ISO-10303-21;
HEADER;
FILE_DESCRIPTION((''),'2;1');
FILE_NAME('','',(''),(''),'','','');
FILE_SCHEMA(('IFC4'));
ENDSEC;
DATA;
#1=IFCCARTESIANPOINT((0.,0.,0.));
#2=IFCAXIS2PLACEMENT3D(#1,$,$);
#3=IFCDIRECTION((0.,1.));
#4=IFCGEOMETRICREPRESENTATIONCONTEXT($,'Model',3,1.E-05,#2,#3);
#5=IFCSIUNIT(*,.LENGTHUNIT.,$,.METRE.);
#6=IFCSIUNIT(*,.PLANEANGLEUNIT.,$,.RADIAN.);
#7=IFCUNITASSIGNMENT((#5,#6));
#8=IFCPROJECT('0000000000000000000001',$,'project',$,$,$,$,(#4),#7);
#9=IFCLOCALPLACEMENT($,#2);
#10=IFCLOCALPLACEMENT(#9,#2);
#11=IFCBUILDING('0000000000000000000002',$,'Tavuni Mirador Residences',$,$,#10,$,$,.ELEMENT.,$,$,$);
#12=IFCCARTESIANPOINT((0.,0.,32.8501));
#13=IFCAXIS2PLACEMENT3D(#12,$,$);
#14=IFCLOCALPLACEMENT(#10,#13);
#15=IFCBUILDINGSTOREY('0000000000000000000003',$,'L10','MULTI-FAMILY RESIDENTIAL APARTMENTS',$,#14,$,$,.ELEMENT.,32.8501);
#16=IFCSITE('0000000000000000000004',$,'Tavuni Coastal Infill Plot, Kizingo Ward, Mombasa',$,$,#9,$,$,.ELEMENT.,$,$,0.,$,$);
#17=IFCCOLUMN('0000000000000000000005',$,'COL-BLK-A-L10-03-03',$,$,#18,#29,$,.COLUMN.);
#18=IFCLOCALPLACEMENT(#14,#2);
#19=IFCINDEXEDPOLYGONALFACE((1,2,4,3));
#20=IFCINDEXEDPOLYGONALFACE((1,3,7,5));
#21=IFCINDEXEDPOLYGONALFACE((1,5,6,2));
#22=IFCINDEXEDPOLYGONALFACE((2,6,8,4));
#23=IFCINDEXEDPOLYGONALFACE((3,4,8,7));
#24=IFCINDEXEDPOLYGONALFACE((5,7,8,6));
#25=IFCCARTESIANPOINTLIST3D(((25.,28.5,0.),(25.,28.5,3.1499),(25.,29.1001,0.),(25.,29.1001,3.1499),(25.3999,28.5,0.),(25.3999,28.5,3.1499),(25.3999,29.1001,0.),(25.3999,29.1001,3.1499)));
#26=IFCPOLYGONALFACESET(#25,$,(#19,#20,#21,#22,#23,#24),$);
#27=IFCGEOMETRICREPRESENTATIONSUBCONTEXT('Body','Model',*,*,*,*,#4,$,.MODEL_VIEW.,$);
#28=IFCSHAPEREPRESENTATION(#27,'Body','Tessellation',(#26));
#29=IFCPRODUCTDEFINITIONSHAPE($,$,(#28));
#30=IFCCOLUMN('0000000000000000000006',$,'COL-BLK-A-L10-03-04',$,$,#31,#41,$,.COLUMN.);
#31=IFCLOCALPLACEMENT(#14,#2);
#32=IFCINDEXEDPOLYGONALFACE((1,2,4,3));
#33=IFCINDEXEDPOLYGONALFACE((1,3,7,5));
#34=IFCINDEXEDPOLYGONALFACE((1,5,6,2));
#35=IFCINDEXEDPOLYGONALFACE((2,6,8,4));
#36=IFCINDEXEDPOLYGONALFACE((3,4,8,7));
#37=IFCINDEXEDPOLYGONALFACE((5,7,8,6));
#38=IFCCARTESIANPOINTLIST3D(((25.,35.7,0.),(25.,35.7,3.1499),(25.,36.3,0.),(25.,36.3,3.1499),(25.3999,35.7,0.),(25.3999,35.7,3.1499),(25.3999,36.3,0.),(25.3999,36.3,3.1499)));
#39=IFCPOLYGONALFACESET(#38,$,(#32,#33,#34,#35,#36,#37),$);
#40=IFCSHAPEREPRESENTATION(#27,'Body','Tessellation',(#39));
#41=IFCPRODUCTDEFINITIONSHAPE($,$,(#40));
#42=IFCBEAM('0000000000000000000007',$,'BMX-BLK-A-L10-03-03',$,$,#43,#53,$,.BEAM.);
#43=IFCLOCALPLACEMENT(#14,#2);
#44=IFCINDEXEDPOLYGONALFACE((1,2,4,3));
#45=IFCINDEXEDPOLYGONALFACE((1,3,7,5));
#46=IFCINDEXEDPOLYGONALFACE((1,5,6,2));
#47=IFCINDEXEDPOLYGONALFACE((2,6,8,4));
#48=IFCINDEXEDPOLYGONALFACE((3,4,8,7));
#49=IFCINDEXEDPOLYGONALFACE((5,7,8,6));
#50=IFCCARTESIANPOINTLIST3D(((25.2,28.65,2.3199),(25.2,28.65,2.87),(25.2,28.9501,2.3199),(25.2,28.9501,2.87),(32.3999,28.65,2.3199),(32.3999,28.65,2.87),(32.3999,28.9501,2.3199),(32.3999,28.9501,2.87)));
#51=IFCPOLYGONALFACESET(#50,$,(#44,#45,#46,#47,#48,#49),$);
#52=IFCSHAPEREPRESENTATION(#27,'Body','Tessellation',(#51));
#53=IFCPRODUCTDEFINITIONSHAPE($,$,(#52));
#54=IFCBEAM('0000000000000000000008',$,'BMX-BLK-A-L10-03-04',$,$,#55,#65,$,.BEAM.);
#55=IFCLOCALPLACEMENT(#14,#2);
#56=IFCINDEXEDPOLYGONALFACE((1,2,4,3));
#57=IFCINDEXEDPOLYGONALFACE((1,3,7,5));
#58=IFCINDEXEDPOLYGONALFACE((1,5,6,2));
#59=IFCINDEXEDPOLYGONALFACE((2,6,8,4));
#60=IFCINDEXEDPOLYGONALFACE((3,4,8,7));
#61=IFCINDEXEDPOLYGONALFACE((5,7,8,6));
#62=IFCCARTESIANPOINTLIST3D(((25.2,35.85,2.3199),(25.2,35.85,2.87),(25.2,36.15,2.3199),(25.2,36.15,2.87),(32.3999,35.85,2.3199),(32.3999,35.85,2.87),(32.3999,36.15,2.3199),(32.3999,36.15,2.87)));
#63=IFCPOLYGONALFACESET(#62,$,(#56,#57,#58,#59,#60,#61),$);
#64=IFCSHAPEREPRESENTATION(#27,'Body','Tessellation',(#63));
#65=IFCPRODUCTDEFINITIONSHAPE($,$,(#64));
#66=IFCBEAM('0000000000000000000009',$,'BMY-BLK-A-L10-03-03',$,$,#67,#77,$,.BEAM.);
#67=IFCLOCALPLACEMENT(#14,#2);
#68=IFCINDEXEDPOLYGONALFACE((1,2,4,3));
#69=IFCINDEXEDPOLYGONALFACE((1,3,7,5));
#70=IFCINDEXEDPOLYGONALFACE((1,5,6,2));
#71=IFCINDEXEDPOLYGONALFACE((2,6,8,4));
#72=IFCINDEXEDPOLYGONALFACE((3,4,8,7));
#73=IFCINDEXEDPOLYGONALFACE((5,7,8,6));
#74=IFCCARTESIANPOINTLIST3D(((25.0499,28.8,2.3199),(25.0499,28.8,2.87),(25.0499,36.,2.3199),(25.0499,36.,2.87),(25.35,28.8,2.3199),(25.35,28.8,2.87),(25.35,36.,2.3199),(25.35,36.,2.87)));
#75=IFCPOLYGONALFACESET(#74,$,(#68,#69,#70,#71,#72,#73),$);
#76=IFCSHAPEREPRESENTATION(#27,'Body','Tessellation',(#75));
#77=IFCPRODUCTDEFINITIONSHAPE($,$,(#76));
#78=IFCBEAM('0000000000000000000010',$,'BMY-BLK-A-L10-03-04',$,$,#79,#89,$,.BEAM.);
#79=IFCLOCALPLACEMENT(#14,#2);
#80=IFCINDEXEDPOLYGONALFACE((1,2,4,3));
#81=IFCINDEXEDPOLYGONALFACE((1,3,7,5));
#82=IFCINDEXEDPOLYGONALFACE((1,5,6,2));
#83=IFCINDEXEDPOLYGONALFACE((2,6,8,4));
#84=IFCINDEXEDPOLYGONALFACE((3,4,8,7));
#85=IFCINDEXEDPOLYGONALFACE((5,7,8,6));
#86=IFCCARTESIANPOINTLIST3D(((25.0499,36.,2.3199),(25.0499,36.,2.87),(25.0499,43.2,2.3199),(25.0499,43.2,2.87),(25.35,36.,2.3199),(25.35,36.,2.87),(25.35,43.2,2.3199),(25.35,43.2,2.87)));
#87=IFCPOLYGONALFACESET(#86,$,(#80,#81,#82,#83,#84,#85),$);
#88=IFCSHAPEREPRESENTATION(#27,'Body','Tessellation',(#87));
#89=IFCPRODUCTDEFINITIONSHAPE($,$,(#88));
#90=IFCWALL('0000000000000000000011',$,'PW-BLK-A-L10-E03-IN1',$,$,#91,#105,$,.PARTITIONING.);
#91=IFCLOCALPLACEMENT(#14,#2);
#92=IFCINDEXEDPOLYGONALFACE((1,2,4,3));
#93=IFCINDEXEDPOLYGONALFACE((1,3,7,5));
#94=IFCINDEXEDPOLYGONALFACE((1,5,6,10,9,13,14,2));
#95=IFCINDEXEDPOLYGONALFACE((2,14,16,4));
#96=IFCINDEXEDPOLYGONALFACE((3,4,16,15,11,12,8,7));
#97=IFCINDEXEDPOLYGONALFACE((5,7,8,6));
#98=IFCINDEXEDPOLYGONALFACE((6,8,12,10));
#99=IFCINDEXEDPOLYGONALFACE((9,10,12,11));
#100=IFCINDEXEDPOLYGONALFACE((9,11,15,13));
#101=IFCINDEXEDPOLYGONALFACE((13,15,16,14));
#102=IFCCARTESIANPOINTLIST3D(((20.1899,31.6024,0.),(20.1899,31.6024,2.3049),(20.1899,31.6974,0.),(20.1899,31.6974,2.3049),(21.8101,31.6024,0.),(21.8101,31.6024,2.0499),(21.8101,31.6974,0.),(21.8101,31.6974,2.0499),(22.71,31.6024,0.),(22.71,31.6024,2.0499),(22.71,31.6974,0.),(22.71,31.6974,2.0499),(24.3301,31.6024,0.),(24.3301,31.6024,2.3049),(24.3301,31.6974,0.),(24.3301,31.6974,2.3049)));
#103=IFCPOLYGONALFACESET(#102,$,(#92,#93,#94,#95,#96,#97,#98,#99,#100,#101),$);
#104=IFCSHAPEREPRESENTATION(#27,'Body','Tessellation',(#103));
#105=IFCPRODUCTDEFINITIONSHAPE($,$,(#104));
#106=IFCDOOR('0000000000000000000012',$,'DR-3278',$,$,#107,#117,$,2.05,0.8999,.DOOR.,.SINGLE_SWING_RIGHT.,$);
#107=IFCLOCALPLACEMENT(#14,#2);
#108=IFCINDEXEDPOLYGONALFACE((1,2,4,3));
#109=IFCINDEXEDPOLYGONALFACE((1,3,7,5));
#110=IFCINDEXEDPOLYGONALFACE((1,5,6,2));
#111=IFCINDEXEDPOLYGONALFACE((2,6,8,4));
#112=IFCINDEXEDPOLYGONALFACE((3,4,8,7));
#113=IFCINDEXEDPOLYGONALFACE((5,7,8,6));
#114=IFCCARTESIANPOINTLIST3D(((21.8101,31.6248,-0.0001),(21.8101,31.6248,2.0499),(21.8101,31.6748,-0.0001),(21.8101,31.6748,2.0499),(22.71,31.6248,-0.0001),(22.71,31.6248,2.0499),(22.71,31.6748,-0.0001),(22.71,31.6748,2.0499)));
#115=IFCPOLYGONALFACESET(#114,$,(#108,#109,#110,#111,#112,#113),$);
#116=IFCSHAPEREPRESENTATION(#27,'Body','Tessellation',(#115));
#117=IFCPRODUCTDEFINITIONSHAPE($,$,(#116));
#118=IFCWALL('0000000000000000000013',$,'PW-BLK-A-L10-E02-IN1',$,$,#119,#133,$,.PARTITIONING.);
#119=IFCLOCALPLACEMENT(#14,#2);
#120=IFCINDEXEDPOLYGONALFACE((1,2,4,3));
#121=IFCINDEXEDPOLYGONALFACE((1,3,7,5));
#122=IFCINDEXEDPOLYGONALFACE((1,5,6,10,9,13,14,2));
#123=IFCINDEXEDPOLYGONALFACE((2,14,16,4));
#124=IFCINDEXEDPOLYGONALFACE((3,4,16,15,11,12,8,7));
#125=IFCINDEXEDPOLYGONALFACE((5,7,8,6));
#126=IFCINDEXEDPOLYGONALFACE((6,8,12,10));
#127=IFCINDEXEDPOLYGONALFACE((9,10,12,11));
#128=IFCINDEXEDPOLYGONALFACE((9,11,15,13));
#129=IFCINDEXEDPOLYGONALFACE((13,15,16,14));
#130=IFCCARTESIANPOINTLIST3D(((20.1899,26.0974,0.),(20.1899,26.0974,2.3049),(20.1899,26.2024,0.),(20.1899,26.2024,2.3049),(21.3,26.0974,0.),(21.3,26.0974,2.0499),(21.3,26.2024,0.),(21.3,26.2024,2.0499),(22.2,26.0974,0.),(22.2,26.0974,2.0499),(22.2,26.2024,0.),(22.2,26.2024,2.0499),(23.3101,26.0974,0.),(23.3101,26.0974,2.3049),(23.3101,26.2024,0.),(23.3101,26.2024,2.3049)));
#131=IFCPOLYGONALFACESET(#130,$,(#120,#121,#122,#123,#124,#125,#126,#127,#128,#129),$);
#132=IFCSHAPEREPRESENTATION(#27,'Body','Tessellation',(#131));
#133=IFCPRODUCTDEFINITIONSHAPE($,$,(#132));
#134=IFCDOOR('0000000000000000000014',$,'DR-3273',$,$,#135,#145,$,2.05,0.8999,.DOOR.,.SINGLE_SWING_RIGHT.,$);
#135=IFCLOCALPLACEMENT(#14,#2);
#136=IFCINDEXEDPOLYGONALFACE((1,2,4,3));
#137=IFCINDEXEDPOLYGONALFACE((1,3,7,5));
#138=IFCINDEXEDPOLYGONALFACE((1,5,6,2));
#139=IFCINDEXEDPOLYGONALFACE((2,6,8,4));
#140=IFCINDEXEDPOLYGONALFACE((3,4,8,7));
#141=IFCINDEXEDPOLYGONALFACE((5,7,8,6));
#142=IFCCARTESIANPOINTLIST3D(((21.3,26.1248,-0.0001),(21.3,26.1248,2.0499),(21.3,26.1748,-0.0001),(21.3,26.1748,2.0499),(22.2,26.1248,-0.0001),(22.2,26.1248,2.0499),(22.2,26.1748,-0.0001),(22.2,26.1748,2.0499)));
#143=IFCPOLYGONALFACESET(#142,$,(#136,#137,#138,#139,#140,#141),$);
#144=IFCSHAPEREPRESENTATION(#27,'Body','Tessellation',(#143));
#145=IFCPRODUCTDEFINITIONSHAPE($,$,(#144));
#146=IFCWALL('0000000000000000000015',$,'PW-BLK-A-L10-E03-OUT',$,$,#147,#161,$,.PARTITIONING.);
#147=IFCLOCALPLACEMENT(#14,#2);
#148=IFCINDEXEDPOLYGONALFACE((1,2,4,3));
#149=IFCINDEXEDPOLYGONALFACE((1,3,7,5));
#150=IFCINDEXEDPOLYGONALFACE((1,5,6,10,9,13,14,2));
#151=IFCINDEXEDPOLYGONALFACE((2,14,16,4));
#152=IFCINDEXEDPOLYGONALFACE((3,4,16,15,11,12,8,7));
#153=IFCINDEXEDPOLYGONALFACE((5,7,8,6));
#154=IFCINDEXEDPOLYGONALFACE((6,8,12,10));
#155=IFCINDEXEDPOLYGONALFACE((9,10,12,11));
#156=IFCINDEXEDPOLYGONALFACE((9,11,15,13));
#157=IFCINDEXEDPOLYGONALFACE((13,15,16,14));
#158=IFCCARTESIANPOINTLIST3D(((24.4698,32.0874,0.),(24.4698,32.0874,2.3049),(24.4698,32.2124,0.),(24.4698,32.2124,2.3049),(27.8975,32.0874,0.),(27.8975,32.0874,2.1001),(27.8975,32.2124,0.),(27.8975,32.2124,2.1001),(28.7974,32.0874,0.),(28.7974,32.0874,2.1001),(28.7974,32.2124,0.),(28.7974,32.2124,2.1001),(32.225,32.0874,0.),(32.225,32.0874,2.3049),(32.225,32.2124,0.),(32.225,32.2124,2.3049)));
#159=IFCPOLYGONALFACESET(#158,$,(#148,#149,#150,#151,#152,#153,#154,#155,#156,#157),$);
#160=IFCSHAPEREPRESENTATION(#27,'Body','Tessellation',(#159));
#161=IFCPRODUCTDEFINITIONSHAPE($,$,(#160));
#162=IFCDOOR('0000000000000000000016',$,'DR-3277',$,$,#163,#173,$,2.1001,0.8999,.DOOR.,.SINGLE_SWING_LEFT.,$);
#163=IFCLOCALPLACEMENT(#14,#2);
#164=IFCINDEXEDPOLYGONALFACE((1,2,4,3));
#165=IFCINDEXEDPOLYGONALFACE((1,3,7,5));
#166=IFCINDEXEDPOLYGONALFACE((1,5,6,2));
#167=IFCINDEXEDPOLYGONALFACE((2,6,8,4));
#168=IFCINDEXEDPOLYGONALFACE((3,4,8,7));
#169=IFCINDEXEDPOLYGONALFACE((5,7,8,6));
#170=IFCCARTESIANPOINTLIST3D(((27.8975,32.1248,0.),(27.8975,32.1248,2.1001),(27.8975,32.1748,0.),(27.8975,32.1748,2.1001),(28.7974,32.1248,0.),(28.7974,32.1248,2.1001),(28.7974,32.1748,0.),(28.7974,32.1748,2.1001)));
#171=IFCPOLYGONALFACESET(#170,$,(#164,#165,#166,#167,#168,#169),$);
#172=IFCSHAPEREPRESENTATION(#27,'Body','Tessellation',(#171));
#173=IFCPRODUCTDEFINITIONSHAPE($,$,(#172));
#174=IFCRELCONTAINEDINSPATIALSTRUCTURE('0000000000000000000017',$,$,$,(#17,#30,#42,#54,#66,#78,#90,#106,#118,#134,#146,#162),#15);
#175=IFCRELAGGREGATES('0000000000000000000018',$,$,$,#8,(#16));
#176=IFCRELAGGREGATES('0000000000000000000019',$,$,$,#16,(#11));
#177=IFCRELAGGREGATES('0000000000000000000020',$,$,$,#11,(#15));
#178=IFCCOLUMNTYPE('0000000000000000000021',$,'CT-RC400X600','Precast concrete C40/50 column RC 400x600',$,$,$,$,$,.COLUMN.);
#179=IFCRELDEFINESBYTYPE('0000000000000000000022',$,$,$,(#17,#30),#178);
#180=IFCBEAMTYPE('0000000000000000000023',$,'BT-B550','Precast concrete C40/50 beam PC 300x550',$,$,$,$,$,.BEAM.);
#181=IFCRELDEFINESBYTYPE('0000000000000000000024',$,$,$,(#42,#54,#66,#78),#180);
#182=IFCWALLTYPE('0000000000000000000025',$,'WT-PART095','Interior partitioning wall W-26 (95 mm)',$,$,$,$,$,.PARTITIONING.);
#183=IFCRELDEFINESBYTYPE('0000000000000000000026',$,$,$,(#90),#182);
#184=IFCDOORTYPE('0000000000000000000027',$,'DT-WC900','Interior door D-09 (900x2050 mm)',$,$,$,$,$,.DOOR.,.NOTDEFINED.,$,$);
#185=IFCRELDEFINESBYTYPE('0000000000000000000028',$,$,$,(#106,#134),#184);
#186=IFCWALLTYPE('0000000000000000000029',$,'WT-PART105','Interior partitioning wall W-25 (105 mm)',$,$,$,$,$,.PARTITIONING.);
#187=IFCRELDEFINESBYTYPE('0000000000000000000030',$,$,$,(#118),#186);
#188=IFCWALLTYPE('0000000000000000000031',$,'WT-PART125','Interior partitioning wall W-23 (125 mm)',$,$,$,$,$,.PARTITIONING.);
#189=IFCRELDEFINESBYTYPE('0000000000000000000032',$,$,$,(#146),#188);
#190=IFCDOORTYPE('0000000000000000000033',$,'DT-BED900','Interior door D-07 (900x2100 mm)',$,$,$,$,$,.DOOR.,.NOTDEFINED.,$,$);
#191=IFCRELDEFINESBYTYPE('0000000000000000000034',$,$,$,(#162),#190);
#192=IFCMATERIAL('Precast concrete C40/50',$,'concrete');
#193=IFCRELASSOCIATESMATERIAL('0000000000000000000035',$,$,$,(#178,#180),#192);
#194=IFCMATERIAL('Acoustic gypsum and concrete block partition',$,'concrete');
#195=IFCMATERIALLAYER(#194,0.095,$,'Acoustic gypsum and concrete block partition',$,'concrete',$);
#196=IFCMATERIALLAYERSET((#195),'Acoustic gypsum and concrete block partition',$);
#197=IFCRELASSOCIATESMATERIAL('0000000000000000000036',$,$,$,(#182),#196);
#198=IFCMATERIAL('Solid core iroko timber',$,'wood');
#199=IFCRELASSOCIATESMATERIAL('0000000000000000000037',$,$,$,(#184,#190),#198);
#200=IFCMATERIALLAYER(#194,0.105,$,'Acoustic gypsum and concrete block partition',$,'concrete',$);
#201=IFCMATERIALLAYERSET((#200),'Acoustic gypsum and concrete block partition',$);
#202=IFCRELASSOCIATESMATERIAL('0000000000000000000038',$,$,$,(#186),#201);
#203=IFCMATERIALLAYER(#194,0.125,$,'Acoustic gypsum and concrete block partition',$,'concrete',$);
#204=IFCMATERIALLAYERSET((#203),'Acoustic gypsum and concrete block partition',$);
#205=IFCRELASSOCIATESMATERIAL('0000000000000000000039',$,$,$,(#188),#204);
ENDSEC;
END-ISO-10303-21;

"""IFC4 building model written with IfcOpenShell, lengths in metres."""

from ifc_helpers import new_model, si_unit, direction, frame, frame_2d, origin, origin_2d, place, context, subcontext, project, spatial, rectangle, extrude, material, layer, layer_set, material_profile, profile_set, type_object, element, fill, save


model = new_model("IFC4")

# Units and contexts
model_context = context("Model", 3, precision=1e-05, world=origin(), true_north=direction((0.0, 1.0)))
body_context = subcontext(model_context, "Body", "Model", "MODEL_VIEW")
ifc_project = project(units=[si_unit("LENGTHUNIT", "METRE"), si_unit("PLANEANGLEUNIT", "RADIAN")], contexts=[model_context])

# Site, building, storey
site_placement = place(None, origin())
site = spatial("IfcSite", under=ifc_project, at=site_placement, Name="Tavuni Coastal Infill Plot, Kizingo Ward, Mombasa", CompositionType="ELEMENT", RefElevation=0.0)
building_placement = place(site_placement, origin())
building = spatial("IfcBuilding", under=site, at=building_placement, Name="Tavuni Mirador Residences", CompositionType="ELEMENT")
storey_placement = place(building_placement, frame((0.0, 0.0, 32.8501)))
storey = spatial("IfcBuildingStorey", under=building, at=storey_placement, Name="L10", Description="MULTI-FAMILY RESIDENTIAL APARTMENTS", CompositionType="ELEMENT", Elevation=32.8501)

# Columns
ifc_material_1 = material(Name="Precast concrete C40/50", Category="concrete")
ifc_material_profile_1 = material_profile(ifc_material_1, rectangle(XDim=0.3999, YDim=0.6001, at=origin_2d()), Name="RC 400x600", Category="concrete")
ifc_profile_set_1 = profile_set([ifc_material_profile_1], Name="Precast concrete C40/50")
column_type = type_object("IfcColumnType", Name="CT-RC400X600", Description="Precast concrete C40/50 column RC 400x600", PredefinedType="COLUMN", material=ifc_profile_set_1)
for number, where, z_axis, x_axis, name in (
    (1, (25.2, 28.8, 0.0), (0.0, 0.0, 1.0), (1.0, 0.0, 0.0), "COL-BLK-A-L10-03-03"),
    (2, (25.2, 36.0, 0.0), (0.0, 0.0, 1.0), (1.0, 0.0, 0.0), "COL-BLK-A-L10-03-04"),
):
    element("IfcColumn", number, at=place(storey_placement, frame(where, z_axis=z_axis, x_axis=x_axis)), inside=storey, type_object=column_type, Name=name, PredefinedType="COLUMN", context=body_context, shape_type="SweptSolid", body=[
        extrude(rectangle(XDim=0.3999, YDim=0.6001, at=origin_2d()), origin(), (0.0, 0.0, 1.0), 3.1499),
    ])

# Beams
ifc_material_profile_2 = material_profile(ifc_material_1, rectangle(XDim=0.3, YDim=0.55, at=origin_2d()), Name="PC 300x550", Category="concrete")
ifc_profile_set_2 = profile_set([ifc_material_profile_2], Name="Precast concrete C40/50")
beam_type = type_object("IfcBeamType", Name="BT-B550", Description="Precast concrete C40/50 beam PC 300x550", PredefinedType="BEAM", material=ifc_profile_set_2)
for number, where, z_axis, x_axis, name in (
    (3, (25.2, 28.8, 2.595), (1.0, 0.0, 0.0), (0.0, 1.0, 0.0), "BMX-BLK-A-L10-03-03"),
    (4, (25.2, 36.0, 2.595), (1.0, 0.0, 0.0), (0.0, 1.0, 0.0), "BMX-BLK-A-L10-03-04"),
    (5, (25.2, 28.8, 2.595), (0.0, 1.0, 0.0), (-1.0, 0.0, 0.0), "BMY-BLK-A-L10-03-03"),
    (6, (25.2, 36.0, 2.595), (0.0, 1.0, 0.0), (-1.0, 0.0, 0.0), "BMY-BLK-A-L10-03-04"),
):
    element("IfcBeam", number, at=place(storey_placement, frame(where, z_axis=z_axis, x_axis=x_axis)), inside=storey, type_object=beam_type, Name=name, PredefinedType="BEAM", context=body_context, shape_type="SweptSolid", body=[
        extrude(rectangle(XDim=0.3, YDim=0.55, at=origin_2d()), origin(), (0.0, 0.0, 1.0), 7.2),
    ])

# Walls, openings, doors
ifc_material_2 = material(Name="Solid core iroko timber", Category="wood")
ifc_material_3 = material(Name="Acoustic gypsum and concrete block partition", Category="concrete")
ifc_layer_1 = layer(ifc_material_3, 0.095, Name="Acoustic gypsum and concrete block partition", Category="concrete")
ifc_layer_set_1 = layer_set([ifc_layer_1], Name="Acoustic gypsum and concrete block partition")
wall_type_1 = type_object("IfcWallType", Name="WT-PART095", Description="Interior partitioning wall W-26 (95 mm)", PredefinedType="PARTITIONING", material=ifc_layer_set_1)
wall_1_placement = place(storey_placement, frame((20.1899, 31.6499, 0.0), z_axis=(0.0, 0.0, 1.0), x_axis=(1.0, 0.0, 0.0)))
wall_1 = element("IfcWall", 7, at=wall_1_placement, inside=storey, type_object=wall_type_1, Name="PW-BLK-A-L10-E03-IN1", PredefinedType="PARTITIONING", context=body_context, shape_type="SweptSolid", body=[
    extrude(rectangle(XDim=4.1401, YDim=0.095, at=frame_2d((2.0701, 0.0))), origin(), (0.0, 0.0, 1.0), 2.3049),
])
opening_1_placement = place(wall_1_placement, frame((1.6201, 0.0, 0.0)))
opening_1 = element("IfcOpeningElement", 8, at=opening_1_placement, cuts=wall_1, PredefinedType="OPENING", context=body_context, shape_type="SweptSolid", body=[
    extrude(rectangle(XDim=0.8999, YDim=2.05, at=frame_2d((0.45, 1.0249))), frame((0.0, 0.0576, 0.0), z_axis=(0.0, -1.0, 0.0), x_axis=(1.0, 0.0, 0.0)), (0.0, 0.0, 1.0), 0.115),
])
door_type_1 = type_object("IfcDoorType", Name="DT-WC900", Description="Interior door D-09 (900x2050 mm)", OperationType="NOTDEFINED", PredefinedType="DOOR", material=ifc_material_2)
door_1_placement = place(opening_1_placement, origin())
door_1 = element("IfcDoor", 9, at=door_1_placement, inside=storey, type_object=door_type_1, Name="DR-3278", OperationType="SINGLE_SWING_RIGHT", OverallHeight=2.05, OverallWidth=0.8999, PredefinedType="DOOR", context=body_context, shape_type="SweptSolid", body=[
    extrude(rectangle(XDim=0.8999, YDim=2.05, at=frame_2d((0.45, 1.0249))), frame((0.0, 0.0249, 0.0), z_axis=(0.0, -1.0, 0.0), x_axis=(1.0, 0.0, 0.0)), (0.0, 0.0, 1.0), 0.05),
])
fill(opening_1, door_1)
ifc_layer_2 = layer(ifc_material_3, 0.105, Name="Acoustic gypsum and concrete block partition", Category="concrete")
ifc_layer_set_2 = layer_set([ifc_layer_2], Name="Acoustic gypsum and concrete block partition")
wall_type_2 = type_object("IfcWallType", Name="WT-PART105", Description="Interior partitioning wall W-25 (105 mm)", PredefinedType="PARTITIONING", material=ifc_layer_set_2)
wall_2_placement = place(storey_placement, frame((20.1899, 26.1499, 0.0), z_axis=(0.0, 0.0, 1.0), x_axis=(1.0, 0.0, 0.0)))
wall_2 = element("IfcWall", 10, at=wall_2_placement, inside=storey, type_object=wall_type_2, Name="PW-BLK-A-L10-E02-IN1", PredefinedType="PARTITIONING", context=body_context, shape_type="SweptSolid", body=[
    extrude(rectangle(XDim=3.1201, YDim=0.105, at=frame_2d((1.5601, 0.0))), origin(), (0.0, 0.0, 1.0), 2.3049),
])
opening_2_placement = place(wall_2_placement, frame((1.1101, 0.0, 0.0)))
opening_2 = element("IfcOpeningElement", 11, at=opening_2_placement, cuts=wall_2, PredefinedType="OPENING", context=body_context, shape_type="SweptSolid", body=[
    extrude(rectangle(XDim=0.8999, YDim=2.05, at=frame_2d((0.45, 1.0249))), frame((0.0, 0.0625, 0.0), z_axis=(0.0, -1.0, 0.0), x_axis=(1.0, 0.0, 0.0)), (0.0, 0.0, 1.0), 0.125),
])
door_2_placement = place(opening_2_placement, origin())
door_2 = element("IfcDoor", 12, at=door_2_placement, inside=storey, type_object=door_type_1, Name="DR-3273", OperationType="SINGLE_SWING_RIGHT", OverallHeight=2.05, OverallWidth=0.8999, PredefinedType="DOOR", context=body_context, shape_type="SweptSolid", body=[
    extrude(rectangle(XDim=0.8999, YDim=2.05, at=frame_2d((0.45, 1.0249))), frame((0.0, 0.0249, 0.0), z_axis=(0.0, -1.0, 0.0), x_axis=(1.0, 0.0, 0.0)), (0.0, 0.0, 1.0), 0.05),
])
fill(opening_2, door_2)
ifc_layer_3 = layer(ifc_material_3, 0.125, Name="Acoustic gypsum and concrete block partition", Category="concrete")
ifc_layer_set_3 = layer_set([ifc_layer_3], Name="Acoustic gypsum and concrete block partition")
wall_type_3 = type_object("IfcWallType", Name="WT-PART125", Description="Interior partitioning wall W-23 (125 mm)", PredefinedType="PARTITIONING", material=ifc_layer_set_3)
wall_3_placement = place(storey_placement, frame((24.47, 32.1499, 0.0), z_axis=(0.0, 0.0, 1.0), x_axis=(1.0, 0.0, 0.0)))
wall_3 = element("IfcWall", 13, at=wall_3_placement, inside=storey, type_object=wall_type_3, Name="PW-BLK-A-L10-E03-OUT", PredefinedType="PARTITIONING", context=body_context, shape_type="SweptSolid", body=[
    extrude(rectangle(XDim=7.7551, YDim=0.125, at=frame_2d((3.8774, 0.0))), origin(), (0.0, 0.0, 1.0), 2.3049),
])
opening_3_placement = place(wall_3_placement, frame((3.4275, 0.0, 0.0)))
opening_3 = element("IfcOpeningElement", 14, at=opening_3_placement, cuts=wall_3, PredefinedType="OPENING", context=body_context, shape_type="SweptSolid", body=[
    extrude(rectangle(XDim=0.8999, YDim=2.1001, at=frame_2d((0.45, 1.05))), frame((0.0, 0.0725, 0.0), z_axis=(0.0, -1.0, 0.0), x_axis=(1.0, 0.0, 0.0)), (0.0, 0.0, 1.0), 0.145),
])
door_type_2 = type_object("IfcDoorType", Name="DT-BED900", Description="Interior door D-07 (900x2100 mm)", OperationType="NOTDEFINED", PredefinedType="DOOR", material=ifc_material_2)
door_3_placement = place(opening_3_placement, origin())
door_3 = element("IfcDoor", 15, at=door_3_placement, inside=storey, type_object=door_type_2, Name="DR-3277", OperationType="SINGLE_SWING_LEFT", OverallHeight=2.1001, OverallWidth=0.8999, PredefinedType="DOOR", context=body_context, shape_type="SweptSolid", body=[
    extrude(rectangle(XDim=0.8999, YDim=2.1001, at=frame_2d((0.45, 1.05))), frame((0.0, 0.0249, 0.0), z_axis=(0.0, -1.0, 0.0), x_axis=(1.0, 0.0, 0.0)), (0.0, 0.0, 1.0), 0.05),
])
fill(opening_3, door_3)

save(model, "model.ifc")
